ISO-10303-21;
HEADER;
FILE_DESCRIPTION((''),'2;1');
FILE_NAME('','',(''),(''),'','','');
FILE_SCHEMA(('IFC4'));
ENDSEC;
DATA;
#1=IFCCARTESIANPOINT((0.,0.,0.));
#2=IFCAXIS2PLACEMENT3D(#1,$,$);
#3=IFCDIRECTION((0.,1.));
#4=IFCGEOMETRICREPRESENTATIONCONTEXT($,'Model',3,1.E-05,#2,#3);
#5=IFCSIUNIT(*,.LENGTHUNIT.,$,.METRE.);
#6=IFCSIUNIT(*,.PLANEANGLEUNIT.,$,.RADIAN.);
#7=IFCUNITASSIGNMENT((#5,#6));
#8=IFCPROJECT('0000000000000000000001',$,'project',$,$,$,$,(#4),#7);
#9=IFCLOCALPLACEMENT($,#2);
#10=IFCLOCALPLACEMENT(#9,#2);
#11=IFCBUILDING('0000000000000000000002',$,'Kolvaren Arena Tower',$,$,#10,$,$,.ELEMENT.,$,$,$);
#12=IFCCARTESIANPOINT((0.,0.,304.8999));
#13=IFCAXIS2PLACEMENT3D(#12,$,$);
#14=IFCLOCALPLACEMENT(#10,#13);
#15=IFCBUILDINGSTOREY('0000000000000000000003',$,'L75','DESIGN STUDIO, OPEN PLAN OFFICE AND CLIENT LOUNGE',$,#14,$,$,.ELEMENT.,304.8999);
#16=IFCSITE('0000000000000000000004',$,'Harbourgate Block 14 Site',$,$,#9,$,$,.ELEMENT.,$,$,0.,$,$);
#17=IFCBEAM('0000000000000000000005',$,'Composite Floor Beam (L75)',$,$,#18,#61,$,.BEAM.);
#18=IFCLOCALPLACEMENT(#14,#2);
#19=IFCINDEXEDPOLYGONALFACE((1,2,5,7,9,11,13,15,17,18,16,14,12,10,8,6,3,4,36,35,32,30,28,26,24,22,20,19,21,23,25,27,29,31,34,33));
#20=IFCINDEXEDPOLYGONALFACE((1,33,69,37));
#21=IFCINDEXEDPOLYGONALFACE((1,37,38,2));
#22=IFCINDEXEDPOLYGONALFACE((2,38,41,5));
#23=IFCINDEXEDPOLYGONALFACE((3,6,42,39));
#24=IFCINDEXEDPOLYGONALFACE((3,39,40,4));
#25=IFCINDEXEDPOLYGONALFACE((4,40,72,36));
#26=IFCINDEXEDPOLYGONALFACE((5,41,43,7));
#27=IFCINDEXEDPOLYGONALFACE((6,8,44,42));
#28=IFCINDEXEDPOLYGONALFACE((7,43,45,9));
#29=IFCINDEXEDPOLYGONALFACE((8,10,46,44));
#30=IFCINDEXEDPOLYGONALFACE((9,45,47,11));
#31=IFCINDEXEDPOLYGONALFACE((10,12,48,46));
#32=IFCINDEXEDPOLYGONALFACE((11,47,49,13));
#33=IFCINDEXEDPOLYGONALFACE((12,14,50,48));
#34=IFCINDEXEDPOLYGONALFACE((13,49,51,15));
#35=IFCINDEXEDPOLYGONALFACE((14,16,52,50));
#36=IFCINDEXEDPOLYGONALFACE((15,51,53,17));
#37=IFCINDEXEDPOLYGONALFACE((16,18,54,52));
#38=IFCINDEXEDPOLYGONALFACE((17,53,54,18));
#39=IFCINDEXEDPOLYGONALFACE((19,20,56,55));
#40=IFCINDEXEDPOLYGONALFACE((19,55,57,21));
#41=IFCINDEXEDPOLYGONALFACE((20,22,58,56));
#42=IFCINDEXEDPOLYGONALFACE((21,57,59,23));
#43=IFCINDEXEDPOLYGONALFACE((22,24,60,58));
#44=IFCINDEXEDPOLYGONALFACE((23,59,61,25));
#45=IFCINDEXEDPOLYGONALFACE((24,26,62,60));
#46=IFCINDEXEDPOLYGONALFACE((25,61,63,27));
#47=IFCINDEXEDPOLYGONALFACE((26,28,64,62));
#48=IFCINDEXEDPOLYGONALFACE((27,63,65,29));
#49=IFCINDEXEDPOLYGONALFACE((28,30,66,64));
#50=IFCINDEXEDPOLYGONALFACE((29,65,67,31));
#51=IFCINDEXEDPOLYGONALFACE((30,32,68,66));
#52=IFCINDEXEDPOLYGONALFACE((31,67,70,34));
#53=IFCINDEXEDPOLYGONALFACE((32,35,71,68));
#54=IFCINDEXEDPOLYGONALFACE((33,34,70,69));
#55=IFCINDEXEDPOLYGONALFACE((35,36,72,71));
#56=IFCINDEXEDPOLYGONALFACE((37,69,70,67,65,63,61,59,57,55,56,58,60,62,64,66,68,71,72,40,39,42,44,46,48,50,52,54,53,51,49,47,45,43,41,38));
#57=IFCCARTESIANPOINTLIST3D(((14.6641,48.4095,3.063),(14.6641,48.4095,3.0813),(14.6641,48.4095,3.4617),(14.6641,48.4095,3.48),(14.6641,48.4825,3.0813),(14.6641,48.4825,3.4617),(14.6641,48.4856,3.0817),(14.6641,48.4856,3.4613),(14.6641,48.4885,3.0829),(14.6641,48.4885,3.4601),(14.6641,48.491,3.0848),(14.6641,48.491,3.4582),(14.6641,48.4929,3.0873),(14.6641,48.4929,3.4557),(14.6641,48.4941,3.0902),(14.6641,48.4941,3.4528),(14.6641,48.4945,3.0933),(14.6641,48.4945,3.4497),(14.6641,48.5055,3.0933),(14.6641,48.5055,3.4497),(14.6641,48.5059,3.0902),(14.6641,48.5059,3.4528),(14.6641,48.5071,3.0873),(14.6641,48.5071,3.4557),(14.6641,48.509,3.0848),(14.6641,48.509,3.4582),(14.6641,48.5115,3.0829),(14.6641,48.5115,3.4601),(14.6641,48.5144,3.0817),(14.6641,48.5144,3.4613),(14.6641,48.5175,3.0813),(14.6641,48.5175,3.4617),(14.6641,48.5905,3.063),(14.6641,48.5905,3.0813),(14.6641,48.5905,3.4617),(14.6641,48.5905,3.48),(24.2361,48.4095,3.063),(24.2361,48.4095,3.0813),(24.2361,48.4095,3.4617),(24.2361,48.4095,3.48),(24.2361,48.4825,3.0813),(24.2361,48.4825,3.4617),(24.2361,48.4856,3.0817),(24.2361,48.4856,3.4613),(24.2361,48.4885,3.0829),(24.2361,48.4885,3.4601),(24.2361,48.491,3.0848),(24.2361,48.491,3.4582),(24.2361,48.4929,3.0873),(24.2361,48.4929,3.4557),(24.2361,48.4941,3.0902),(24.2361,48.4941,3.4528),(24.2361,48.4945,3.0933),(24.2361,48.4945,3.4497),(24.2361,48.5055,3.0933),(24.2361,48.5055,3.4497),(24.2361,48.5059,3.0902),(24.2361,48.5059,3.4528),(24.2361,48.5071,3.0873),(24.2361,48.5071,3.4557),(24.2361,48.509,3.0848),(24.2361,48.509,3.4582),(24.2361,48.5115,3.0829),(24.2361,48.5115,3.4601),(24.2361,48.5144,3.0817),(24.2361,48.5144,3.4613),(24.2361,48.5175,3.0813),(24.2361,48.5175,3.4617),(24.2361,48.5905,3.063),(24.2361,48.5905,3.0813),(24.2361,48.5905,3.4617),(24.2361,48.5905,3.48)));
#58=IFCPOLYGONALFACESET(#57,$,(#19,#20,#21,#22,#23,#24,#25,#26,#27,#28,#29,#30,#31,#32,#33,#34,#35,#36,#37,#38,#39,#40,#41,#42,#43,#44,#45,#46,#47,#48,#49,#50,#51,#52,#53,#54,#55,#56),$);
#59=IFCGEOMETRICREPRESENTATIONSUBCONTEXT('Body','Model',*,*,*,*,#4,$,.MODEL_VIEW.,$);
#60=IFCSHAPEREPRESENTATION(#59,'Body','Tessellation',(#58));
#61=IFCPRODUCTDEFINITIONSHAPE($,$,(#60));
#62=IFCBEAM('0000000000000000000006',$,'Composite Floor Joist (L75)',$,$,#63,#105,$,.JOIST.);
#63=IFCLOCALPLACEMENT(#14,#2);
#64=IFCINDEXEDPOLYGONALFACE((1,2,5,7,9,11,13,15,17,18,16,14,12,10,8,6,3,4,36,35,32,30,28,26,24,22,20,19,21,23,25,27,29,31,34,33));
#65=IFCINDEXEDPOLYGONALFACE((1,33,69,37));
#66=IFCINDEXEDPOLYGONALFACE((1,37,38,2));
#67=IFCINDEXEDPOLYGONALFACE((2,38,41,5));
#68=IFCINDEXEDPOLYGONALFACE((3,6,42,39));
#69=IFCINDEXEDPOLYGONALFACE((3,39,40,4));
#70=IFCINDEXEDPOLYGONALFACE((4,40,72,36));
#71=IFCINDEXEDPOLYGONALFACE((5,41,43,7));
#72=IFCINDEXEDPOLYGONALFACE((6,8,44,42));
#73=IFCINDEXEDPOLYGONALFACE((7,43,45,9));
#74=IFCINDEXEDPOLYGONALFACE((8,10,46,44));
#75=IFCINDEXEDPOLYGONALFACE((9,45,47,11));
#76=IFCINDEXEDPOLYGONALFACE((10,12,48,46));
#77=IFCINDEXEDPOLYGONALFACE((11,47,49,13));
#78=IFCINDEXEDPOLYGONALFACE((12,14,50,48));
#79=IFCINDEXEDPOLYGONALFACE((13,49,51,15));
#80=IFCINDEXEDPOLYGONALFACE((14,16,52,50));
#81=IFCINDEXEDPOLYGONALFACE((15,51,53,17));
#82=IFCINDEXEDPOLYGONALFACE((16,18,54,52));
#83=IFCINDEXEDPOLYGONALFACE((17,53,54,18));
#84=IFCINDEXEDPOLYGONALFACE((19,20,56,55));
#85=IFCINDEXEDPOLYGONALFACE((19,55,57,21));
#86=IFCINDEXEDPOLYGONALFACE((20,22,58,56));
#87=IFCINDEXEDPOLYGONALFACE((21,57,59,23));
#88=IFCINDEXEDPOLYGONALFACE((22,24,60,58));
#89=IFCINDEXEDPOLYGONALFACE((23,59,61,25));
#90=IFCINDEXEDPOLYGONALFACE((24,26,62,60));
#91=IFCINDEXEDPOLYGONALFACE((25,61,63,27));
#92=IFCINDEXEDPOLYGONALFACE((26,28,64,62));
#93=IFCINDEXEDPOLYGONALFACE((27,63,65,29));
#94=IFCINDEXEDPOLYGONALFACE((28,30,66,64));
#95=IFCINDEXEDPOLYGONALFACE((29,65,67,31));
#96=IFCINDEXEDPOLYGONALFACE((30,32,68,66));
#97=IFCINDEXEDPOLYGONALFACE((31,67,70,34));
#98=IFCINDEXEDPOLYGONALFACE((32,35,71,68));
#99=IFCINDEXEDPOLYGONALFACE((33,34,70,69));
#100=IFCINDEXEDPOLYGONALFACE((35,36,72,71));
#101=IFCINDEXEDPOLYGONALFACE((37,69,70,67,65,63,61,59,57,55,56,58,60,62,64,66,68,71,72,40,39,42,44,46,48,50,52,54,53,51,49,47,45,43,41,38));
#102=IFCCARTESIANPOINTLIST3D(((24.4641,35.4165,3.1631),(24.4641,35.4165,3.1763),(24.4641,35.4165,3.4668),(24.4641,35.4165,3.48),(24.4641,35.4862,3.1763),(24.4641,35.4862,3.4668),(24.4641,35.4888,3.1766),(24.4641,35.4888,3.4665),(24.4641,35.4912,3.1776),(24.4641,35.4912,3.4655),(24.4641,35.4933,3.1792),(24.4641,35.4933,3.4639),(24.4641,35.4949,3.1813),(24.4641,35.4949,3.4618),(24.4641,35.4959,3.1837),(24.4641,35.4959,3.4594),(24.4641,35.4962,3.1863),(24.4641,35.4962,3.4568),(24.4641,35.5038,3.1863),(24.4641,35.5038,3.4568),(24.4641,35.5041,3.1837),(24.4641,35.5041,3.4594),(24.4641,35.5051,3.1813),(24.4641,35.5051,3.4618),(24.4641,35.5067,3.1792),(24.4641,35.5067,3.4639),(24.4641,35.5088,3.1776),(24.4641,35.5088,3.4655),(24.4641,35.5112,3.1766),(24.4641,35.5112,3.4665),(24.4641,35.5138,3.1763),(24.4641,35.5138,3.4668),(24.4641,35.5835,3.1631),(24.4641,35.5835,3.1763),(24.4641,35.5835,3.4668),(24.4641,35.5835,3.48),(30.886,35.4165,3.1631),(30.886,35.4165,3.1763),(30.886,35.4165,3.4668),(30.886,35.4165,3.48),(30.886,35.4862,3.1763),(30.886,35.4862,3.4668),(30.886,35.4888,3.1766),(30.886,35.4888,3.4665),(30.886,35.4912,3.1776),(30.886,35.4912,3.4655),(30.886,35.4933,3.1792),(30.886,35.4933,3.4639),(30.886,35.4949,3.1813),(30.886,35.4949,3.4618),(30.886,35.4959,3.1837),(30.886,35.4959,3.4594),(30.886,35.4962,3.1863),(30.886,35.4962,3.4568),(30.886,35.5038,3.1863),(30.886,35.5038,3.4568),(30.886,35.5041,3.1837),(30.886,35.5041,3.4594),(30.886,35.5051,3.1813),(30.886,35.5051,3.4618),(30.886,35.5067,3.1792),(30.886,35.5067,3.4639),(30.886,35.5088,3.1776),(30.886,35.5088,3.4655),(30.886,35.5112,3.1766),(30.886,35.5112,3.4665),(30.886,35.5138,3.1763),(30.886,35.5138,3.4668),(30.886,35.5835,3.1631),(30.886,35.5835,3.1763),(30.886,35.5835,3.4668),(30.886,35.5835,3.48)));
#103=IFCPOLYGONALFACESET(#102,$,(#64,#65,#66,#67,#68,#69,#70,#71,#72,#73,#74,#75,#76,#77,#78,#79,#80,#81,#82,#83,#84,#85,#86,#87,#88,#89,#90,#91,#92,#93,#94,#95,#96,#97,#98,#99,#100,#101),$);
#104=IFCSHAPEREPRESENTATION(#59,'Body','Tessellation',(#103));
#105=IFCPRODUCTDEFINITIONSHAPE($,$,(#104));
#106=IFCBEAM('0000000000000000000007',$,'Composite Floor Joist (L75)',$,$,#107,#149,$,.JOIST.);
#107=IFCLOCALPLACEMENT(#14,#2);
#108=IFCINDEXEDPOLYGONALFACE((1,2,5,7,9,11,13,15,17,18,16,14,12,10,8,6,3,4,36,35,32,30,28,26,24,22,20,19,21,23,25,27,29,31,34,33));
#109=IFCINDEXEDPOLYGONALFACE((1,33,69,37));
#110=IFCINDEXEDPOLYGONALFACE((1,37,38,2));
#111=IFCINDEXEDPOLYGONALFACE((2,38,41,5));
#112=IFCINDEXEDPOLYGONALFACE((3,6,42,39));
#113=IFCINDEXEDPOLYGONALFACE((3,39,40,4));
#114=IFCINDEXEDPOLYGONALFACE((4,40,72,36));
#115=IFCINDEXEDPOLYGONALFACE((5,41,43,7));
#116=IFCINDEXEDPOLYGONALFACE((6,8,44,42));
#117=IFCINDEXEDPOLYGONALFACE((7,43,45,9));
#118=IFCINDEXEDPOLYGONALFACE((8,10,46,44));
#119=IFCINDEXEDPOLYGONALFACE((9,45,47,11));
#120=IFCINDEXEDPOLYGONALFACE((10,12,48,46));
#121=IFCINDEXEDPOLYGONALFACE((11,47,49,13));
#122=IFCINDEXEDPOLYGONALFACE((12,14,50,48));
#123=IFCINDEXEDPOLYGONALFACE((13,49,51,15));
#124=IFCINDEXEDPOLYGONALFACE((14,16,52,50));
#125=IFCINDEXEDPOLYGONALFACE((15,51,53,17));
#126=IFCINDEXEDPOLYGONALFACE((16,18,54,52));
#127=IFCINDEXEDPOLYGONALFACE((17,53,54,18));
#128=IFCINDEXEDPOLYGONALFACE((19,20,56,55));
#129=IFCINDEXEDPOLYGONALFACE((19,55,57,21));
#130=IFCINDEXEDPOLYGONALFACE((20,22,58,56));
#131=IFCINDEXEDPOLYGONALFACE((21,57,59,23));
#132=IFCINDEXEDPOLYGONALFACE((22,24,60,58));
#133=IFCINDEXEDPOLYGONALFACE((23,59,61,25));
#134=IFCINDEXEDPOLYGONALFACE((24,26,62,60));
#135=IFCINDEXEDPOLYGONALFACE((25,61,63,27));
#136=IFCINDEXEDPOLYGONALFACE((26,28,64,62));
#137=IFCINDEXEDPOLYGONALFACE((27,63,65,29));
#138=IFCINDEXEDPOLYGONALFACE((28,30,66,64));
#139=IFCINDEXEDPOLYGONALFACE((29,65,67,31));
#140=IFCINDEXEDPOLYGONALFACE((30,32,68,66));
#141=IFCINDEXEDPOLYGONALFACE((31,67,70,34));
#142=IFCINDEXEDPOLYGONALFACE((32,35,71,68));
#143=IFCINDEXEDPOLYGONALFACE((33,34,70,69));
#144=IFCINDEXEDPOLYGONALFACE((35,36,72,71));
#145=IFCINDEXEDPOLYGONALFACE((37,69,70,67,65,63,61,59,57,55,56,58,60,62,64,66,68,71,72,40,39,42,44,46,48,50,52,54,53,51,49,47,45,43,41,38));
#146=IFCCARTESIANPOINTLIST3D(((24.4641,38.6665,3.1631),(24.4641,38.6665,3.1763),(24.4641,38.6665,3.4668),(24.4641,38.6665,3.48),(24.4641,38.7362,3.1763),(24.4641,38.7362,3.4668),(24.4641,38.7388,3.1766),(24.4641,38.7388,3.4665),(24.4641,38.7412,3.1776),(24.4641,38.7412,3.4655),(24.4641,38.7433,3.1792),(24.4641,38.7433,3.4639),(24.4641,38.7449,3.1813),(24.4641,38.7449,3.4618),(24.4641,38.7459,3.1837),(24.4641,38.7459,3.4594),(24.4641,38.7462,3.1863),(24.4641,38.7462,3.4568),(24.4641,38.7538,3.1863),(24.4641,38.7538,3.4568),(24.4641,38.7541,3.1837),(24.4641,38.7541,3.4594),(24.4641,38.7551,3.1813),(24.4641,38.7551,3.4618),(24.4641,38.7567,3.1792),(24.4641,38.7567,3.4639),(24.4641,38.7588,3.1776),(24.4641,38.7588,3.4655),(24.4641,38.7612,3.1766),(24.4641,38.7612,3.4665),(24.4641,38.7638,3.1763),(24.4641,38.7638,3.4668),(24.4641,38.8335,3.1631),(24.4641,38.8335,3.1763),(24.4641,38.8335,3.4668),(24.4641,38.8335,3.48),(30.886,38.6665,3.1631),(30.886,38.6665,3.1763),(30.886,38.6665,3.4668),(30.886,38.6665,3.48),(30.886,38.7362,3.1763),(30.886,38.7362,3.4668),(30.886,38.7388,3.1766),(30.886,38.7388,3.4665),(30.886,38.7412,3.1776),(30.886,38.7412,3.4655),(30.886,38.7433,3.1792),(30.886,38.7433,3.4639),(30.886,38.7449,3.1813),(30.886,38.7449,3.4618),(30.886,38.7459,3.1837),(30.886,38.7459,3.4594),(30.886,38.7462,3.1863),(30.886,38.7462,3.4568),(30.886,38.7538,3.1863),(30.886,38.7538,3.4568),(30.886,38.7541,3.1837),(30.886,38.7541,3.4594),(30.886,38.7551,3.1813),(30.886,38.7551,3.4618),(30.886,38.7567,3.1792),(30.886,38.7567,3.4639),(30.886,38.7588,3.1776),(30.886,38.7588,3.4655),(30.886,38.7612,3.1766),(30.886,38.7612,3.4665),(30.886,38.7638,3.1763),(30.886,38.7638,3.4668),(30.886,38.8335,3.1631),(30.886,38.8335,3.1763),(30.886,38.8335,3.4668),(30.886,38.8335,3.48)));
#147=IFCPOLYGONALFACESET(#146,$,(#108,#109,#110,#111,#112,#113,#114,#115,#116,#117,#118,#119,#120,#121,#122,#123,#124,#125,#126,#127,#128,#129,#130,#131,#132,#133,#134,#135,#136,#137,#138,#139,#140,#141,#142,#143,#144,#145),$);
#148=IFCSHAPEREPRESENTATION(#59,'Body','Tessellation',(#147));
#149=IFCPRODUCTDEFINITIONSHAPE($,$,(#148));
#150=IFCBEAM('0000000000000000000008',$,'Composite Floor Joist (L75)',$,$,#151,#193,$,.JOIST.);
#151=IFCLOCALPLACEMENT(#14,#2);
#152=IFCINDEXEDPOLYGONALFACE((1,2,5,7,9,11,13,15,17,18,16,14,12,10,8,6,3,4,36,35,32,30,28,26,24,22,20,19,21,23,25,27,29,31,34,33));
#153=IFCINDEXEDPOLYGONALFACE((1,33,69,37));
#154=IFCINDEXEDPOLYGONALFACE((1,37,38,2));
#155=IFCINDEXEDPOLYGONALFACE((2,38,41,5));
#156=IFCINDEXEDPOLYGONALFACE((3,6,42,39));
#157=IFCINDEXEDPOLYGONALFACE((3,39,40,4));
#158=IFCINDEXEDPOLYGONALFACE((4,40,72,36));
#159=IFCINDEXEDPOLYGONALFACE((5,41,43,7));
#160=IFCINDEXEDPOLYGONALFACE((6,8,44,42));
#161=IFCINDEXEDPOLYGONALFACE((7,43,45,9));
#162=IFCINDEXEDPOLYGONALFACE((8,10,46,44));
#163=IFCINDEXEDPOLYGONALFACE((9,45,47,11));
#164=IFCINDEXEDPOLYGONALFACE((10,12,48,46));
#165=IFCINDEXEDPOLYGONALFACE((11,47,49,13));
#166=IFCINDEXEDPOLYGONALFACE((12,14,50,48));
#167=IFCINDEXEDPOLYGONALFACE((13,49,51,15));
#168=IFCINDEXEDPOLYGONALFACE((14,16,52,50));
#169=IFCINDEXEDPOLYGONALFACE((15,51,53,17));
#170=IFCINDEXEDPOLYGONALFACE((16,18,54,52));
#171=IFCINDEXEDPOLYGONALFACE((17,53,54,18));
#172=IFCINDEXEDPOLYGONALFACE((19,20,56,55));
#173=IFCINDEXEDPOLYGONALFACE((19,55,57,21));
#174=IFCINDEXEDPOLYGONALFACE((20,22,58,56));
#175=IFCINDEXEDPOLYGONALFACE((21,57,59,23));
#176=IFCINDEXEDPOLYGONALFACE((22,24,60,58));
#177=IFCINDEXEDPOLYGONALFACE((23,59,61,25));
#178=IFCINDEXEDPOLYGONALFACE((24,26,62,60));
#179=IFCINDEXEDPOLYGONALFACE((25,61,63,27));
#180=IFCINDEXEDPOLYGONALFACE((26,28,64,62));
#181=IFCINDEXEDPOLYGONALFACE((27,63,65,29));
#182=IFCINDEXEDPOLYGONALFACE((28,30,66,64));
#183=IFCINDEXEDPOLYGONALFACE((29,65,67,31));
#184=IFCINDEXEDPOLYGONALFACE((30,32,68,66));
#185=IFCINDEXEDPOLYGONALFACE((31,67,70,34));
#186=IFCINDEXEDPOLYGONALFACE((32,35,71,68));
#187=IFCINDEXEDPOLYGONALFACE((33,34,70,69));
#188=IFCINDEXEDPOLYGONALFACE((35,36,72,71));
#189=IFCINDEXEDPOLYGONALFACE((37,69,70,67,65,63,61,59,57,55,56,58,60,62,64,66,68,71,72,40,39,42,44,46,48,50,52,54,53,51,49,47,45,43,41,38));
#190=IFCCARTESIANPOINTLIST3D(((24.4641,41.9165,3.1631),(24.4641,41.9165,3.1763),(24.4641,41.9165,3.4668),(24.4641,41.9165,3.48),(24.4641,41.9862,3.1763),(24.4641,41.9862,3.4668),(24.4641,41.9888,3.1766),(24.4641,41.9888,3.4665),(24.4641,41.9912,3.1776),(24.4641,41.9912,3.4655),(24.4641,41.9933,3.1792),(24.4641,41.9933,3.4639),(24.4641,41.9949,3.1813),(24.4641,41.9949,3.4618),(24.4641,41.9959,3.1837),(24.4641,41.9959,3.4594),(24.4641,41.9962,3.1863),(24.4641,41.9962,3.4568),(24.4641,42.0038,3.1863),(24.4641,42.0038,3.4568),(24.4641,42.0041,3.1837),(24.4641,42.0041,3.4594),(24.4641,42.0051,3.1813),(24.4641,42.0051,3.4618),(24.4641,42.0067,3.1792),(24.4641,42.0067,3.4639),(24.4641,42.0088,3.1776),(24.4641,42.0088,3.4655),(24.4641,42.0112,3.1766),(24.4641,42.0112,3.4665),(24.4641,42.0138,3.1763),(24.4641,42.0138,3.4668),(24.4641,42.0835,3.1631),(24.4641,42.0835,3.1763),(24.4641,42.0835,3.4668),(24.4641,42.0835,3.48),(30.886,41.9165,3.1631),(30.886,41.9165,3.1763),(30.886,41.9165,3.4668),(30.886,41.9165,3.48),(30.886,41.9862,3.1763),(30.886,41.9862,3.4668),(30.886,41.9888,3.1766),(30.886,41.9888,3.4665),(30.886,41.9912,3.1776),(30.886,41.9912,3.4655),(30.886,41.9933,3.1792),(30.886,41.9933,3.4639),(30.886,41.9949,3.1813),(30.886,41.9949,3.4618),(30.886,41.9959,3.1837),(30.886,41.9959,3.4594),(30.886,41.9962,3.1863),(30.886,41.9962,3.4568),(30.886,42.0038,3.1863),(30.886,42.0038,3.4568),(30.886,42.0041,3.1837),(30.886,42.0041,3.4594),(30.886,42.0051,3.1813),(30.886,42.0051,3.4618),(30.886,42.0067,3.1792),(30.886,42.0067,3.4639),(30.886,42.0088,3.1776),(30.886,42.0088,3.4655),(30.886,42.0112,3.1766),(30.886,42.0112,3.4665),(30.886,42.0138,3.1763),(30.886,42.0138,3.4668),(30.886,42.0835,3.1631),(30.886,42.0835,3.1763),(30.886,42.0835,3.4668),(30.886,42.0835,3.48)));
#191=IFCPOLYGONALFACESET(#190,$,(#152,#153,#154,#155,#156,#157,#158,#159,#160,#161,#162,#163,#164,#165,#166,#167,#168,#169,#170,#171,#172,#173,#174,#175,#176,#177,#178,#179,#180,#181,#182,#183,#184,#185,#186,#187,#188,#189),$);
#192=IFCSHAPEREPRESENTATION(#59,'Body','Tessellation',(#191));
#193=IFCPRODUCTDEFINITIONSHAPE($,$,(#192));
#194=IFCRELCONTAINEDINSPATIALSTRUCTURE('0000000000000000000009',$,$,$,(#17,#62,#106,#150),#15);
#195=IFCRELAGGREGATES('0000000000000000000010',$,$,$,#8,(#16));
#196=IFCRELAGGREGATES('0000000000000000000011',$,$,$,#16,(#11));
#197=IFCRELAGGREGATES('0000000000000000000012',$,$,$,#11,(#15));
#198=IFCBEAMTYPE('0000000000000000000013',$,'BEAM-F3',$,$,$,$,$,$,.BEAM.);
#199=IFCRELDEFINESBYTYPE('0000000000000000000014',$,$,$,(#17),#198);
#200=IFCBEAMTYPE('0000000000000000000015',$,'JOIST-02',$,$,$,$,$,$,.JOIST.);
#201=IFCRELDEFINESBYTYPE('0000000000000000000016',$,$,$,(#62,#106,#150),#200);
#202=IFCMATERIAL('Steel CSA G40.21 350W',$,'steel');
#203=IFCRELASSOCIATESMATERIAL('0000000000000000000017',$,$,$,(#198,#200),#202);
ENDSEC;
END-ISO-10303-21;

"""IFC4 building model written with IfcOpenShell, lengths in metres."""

from ifc_helpers import new_model, si_unit, direction, frame, origin, origin_2d, place, context, subcontext, project, spatial, i_section, extrude, material, material_profile, profile_set, type_object, element, save


model = new_model("IFC4")

# Units and contexts
model_context = context("Model", 3, precision=1e-05, world=origin(), true_north=direction((0.0, 1.0)))
body_context = subcontext(model_context, "Body", "Model", "MODEL_VIEW")
ifc_project = project(units=[si_unit("LENGTHUNIT", "METRE"), si_unit("PLANEANGLEUNIT", "RADIAN")], contexts=[model_context])

# Site, building, storey
site_placement = place(None, origin())
site = spatial("IfcSite", under=ifc_project, at=site_placement, Name="Harbourgate Block 14 Site", CompositionType="ELEMENT", RefElevation=0.0)
building_placement = place(site_placement, origin())
building = spatial("IfcBuilding", under=site, at=building_placement, Name="Kolvaren Arena Tower", CompositionType="ELEMENT")
storey_placement = place(building_placement, frame((0.0, 0.0, 304.8999)))
storey = spatial("IfcBuildingStorey", under=building, at=storey_placement, Name="L75", Description="DESIGN STUDIO, OPEN PLAN OFFICE AND CLIENT LOUNGE", CompositionType="ELEMENT", Elevation=304.8999)

# Beams
ifc_material_1 = material(Name="Steel CSA G40.21 350W", Category="steel")
ifc_material_profile_1 = material_profile(ifc_material_1, i_section(OverallWidth=0.1809, OverallDepth=0.417, WebThickness=0.011, FlangeThickness=0.0183, FilletRadius=0.012, at=origin_2d()), Name="W410x85")
ifc_profile_set_1 = profile_set([ifc_material_profile_1], Name="Steel CSA G40.21 350W")
beam_type_1 = type_object("IfcBeamType", Name="BEAM-F3", PredefinedType="BEAM", material=ifc_profile_set_1)
beam_1_placement = place(storey_placement, frame((14.6641, 48.5, 3.2715), z_axis=(1.0, 0.0, 0.0), x_axis=(0.0, 1.0, 0.0)))
element("IfcBeam", 1, at=beam_1_placement, inside=storey, type_object=beam_type_1, Name="Composite Floor Beam (L75)", PredefinedType="BEAM", context=body_context, shape_type="SweptSolid", body=[
    extrude(i_section(OverallWidth=0.1809, OverallDepth=0.417, WebThickness=0.011, FlangeThickness=0.0183, FilletRadius=0.012, at=origin_2d()), origin(), (0.0, 0.0, 1.0), 9.572),
])
ifc_material_profile_2 = material_profile(ifc_material_1, i_section(OverallWidth=0.167, OverallDepth=0.3169, WebThickness=0.0076, FlangeThickness=0.0132, FilletRadius=0.01, at=origin_2d()), Name="W310x52")
ifc_profile_set_2 = profile_set([ifc_material_profile_2], Name="Steel CSA G40.21 350W")
beam_type_2 = type_object("IfcBeamType", Name="JOIST-02", PredefinedType="JOIST", material=ifc_profile_set_2)
for number, where, z_axis, x_axis, name in (
    (2, (24.4641, 35.5, 3.3215), (1.0, 0.0, 0.0), (0.0, 1.0, 0.0), "Composite Floor Joist (L75)"),
    (3, (24.4641, 38.75, 3.3215), (1.0, 0.0, 0.0), (0.0, 1.0, 0.0), "Composite Floor Joist (L75)"),
    (4, (24.4641, 42.0, 3.3215), (1.0, 0.0, 0.0), (0.0, 1.0, 0.0), "Composite Floor Joist (L75)"),
):
    element("IfcBeam", number, at=place(storey_placement, frame(where, z_axis=z_axis, x_axis=x_axis)), inside=storey, type_object=beam_type_2, Name=name, PredefinedType="JOIST", context=body_context, shape_type="SweptSolid", body=[
        extrude(i_section(OverallWidth=0.167, OverallDepth=0.3169, WebThickness=0.0076, FlangeThickness=0.0132, FilletRadius=0.01, at=origin_2d()), origin(), (0.0, 0.0, 1.0), 6.4219),
    ])

save(model, "model.ifc")
